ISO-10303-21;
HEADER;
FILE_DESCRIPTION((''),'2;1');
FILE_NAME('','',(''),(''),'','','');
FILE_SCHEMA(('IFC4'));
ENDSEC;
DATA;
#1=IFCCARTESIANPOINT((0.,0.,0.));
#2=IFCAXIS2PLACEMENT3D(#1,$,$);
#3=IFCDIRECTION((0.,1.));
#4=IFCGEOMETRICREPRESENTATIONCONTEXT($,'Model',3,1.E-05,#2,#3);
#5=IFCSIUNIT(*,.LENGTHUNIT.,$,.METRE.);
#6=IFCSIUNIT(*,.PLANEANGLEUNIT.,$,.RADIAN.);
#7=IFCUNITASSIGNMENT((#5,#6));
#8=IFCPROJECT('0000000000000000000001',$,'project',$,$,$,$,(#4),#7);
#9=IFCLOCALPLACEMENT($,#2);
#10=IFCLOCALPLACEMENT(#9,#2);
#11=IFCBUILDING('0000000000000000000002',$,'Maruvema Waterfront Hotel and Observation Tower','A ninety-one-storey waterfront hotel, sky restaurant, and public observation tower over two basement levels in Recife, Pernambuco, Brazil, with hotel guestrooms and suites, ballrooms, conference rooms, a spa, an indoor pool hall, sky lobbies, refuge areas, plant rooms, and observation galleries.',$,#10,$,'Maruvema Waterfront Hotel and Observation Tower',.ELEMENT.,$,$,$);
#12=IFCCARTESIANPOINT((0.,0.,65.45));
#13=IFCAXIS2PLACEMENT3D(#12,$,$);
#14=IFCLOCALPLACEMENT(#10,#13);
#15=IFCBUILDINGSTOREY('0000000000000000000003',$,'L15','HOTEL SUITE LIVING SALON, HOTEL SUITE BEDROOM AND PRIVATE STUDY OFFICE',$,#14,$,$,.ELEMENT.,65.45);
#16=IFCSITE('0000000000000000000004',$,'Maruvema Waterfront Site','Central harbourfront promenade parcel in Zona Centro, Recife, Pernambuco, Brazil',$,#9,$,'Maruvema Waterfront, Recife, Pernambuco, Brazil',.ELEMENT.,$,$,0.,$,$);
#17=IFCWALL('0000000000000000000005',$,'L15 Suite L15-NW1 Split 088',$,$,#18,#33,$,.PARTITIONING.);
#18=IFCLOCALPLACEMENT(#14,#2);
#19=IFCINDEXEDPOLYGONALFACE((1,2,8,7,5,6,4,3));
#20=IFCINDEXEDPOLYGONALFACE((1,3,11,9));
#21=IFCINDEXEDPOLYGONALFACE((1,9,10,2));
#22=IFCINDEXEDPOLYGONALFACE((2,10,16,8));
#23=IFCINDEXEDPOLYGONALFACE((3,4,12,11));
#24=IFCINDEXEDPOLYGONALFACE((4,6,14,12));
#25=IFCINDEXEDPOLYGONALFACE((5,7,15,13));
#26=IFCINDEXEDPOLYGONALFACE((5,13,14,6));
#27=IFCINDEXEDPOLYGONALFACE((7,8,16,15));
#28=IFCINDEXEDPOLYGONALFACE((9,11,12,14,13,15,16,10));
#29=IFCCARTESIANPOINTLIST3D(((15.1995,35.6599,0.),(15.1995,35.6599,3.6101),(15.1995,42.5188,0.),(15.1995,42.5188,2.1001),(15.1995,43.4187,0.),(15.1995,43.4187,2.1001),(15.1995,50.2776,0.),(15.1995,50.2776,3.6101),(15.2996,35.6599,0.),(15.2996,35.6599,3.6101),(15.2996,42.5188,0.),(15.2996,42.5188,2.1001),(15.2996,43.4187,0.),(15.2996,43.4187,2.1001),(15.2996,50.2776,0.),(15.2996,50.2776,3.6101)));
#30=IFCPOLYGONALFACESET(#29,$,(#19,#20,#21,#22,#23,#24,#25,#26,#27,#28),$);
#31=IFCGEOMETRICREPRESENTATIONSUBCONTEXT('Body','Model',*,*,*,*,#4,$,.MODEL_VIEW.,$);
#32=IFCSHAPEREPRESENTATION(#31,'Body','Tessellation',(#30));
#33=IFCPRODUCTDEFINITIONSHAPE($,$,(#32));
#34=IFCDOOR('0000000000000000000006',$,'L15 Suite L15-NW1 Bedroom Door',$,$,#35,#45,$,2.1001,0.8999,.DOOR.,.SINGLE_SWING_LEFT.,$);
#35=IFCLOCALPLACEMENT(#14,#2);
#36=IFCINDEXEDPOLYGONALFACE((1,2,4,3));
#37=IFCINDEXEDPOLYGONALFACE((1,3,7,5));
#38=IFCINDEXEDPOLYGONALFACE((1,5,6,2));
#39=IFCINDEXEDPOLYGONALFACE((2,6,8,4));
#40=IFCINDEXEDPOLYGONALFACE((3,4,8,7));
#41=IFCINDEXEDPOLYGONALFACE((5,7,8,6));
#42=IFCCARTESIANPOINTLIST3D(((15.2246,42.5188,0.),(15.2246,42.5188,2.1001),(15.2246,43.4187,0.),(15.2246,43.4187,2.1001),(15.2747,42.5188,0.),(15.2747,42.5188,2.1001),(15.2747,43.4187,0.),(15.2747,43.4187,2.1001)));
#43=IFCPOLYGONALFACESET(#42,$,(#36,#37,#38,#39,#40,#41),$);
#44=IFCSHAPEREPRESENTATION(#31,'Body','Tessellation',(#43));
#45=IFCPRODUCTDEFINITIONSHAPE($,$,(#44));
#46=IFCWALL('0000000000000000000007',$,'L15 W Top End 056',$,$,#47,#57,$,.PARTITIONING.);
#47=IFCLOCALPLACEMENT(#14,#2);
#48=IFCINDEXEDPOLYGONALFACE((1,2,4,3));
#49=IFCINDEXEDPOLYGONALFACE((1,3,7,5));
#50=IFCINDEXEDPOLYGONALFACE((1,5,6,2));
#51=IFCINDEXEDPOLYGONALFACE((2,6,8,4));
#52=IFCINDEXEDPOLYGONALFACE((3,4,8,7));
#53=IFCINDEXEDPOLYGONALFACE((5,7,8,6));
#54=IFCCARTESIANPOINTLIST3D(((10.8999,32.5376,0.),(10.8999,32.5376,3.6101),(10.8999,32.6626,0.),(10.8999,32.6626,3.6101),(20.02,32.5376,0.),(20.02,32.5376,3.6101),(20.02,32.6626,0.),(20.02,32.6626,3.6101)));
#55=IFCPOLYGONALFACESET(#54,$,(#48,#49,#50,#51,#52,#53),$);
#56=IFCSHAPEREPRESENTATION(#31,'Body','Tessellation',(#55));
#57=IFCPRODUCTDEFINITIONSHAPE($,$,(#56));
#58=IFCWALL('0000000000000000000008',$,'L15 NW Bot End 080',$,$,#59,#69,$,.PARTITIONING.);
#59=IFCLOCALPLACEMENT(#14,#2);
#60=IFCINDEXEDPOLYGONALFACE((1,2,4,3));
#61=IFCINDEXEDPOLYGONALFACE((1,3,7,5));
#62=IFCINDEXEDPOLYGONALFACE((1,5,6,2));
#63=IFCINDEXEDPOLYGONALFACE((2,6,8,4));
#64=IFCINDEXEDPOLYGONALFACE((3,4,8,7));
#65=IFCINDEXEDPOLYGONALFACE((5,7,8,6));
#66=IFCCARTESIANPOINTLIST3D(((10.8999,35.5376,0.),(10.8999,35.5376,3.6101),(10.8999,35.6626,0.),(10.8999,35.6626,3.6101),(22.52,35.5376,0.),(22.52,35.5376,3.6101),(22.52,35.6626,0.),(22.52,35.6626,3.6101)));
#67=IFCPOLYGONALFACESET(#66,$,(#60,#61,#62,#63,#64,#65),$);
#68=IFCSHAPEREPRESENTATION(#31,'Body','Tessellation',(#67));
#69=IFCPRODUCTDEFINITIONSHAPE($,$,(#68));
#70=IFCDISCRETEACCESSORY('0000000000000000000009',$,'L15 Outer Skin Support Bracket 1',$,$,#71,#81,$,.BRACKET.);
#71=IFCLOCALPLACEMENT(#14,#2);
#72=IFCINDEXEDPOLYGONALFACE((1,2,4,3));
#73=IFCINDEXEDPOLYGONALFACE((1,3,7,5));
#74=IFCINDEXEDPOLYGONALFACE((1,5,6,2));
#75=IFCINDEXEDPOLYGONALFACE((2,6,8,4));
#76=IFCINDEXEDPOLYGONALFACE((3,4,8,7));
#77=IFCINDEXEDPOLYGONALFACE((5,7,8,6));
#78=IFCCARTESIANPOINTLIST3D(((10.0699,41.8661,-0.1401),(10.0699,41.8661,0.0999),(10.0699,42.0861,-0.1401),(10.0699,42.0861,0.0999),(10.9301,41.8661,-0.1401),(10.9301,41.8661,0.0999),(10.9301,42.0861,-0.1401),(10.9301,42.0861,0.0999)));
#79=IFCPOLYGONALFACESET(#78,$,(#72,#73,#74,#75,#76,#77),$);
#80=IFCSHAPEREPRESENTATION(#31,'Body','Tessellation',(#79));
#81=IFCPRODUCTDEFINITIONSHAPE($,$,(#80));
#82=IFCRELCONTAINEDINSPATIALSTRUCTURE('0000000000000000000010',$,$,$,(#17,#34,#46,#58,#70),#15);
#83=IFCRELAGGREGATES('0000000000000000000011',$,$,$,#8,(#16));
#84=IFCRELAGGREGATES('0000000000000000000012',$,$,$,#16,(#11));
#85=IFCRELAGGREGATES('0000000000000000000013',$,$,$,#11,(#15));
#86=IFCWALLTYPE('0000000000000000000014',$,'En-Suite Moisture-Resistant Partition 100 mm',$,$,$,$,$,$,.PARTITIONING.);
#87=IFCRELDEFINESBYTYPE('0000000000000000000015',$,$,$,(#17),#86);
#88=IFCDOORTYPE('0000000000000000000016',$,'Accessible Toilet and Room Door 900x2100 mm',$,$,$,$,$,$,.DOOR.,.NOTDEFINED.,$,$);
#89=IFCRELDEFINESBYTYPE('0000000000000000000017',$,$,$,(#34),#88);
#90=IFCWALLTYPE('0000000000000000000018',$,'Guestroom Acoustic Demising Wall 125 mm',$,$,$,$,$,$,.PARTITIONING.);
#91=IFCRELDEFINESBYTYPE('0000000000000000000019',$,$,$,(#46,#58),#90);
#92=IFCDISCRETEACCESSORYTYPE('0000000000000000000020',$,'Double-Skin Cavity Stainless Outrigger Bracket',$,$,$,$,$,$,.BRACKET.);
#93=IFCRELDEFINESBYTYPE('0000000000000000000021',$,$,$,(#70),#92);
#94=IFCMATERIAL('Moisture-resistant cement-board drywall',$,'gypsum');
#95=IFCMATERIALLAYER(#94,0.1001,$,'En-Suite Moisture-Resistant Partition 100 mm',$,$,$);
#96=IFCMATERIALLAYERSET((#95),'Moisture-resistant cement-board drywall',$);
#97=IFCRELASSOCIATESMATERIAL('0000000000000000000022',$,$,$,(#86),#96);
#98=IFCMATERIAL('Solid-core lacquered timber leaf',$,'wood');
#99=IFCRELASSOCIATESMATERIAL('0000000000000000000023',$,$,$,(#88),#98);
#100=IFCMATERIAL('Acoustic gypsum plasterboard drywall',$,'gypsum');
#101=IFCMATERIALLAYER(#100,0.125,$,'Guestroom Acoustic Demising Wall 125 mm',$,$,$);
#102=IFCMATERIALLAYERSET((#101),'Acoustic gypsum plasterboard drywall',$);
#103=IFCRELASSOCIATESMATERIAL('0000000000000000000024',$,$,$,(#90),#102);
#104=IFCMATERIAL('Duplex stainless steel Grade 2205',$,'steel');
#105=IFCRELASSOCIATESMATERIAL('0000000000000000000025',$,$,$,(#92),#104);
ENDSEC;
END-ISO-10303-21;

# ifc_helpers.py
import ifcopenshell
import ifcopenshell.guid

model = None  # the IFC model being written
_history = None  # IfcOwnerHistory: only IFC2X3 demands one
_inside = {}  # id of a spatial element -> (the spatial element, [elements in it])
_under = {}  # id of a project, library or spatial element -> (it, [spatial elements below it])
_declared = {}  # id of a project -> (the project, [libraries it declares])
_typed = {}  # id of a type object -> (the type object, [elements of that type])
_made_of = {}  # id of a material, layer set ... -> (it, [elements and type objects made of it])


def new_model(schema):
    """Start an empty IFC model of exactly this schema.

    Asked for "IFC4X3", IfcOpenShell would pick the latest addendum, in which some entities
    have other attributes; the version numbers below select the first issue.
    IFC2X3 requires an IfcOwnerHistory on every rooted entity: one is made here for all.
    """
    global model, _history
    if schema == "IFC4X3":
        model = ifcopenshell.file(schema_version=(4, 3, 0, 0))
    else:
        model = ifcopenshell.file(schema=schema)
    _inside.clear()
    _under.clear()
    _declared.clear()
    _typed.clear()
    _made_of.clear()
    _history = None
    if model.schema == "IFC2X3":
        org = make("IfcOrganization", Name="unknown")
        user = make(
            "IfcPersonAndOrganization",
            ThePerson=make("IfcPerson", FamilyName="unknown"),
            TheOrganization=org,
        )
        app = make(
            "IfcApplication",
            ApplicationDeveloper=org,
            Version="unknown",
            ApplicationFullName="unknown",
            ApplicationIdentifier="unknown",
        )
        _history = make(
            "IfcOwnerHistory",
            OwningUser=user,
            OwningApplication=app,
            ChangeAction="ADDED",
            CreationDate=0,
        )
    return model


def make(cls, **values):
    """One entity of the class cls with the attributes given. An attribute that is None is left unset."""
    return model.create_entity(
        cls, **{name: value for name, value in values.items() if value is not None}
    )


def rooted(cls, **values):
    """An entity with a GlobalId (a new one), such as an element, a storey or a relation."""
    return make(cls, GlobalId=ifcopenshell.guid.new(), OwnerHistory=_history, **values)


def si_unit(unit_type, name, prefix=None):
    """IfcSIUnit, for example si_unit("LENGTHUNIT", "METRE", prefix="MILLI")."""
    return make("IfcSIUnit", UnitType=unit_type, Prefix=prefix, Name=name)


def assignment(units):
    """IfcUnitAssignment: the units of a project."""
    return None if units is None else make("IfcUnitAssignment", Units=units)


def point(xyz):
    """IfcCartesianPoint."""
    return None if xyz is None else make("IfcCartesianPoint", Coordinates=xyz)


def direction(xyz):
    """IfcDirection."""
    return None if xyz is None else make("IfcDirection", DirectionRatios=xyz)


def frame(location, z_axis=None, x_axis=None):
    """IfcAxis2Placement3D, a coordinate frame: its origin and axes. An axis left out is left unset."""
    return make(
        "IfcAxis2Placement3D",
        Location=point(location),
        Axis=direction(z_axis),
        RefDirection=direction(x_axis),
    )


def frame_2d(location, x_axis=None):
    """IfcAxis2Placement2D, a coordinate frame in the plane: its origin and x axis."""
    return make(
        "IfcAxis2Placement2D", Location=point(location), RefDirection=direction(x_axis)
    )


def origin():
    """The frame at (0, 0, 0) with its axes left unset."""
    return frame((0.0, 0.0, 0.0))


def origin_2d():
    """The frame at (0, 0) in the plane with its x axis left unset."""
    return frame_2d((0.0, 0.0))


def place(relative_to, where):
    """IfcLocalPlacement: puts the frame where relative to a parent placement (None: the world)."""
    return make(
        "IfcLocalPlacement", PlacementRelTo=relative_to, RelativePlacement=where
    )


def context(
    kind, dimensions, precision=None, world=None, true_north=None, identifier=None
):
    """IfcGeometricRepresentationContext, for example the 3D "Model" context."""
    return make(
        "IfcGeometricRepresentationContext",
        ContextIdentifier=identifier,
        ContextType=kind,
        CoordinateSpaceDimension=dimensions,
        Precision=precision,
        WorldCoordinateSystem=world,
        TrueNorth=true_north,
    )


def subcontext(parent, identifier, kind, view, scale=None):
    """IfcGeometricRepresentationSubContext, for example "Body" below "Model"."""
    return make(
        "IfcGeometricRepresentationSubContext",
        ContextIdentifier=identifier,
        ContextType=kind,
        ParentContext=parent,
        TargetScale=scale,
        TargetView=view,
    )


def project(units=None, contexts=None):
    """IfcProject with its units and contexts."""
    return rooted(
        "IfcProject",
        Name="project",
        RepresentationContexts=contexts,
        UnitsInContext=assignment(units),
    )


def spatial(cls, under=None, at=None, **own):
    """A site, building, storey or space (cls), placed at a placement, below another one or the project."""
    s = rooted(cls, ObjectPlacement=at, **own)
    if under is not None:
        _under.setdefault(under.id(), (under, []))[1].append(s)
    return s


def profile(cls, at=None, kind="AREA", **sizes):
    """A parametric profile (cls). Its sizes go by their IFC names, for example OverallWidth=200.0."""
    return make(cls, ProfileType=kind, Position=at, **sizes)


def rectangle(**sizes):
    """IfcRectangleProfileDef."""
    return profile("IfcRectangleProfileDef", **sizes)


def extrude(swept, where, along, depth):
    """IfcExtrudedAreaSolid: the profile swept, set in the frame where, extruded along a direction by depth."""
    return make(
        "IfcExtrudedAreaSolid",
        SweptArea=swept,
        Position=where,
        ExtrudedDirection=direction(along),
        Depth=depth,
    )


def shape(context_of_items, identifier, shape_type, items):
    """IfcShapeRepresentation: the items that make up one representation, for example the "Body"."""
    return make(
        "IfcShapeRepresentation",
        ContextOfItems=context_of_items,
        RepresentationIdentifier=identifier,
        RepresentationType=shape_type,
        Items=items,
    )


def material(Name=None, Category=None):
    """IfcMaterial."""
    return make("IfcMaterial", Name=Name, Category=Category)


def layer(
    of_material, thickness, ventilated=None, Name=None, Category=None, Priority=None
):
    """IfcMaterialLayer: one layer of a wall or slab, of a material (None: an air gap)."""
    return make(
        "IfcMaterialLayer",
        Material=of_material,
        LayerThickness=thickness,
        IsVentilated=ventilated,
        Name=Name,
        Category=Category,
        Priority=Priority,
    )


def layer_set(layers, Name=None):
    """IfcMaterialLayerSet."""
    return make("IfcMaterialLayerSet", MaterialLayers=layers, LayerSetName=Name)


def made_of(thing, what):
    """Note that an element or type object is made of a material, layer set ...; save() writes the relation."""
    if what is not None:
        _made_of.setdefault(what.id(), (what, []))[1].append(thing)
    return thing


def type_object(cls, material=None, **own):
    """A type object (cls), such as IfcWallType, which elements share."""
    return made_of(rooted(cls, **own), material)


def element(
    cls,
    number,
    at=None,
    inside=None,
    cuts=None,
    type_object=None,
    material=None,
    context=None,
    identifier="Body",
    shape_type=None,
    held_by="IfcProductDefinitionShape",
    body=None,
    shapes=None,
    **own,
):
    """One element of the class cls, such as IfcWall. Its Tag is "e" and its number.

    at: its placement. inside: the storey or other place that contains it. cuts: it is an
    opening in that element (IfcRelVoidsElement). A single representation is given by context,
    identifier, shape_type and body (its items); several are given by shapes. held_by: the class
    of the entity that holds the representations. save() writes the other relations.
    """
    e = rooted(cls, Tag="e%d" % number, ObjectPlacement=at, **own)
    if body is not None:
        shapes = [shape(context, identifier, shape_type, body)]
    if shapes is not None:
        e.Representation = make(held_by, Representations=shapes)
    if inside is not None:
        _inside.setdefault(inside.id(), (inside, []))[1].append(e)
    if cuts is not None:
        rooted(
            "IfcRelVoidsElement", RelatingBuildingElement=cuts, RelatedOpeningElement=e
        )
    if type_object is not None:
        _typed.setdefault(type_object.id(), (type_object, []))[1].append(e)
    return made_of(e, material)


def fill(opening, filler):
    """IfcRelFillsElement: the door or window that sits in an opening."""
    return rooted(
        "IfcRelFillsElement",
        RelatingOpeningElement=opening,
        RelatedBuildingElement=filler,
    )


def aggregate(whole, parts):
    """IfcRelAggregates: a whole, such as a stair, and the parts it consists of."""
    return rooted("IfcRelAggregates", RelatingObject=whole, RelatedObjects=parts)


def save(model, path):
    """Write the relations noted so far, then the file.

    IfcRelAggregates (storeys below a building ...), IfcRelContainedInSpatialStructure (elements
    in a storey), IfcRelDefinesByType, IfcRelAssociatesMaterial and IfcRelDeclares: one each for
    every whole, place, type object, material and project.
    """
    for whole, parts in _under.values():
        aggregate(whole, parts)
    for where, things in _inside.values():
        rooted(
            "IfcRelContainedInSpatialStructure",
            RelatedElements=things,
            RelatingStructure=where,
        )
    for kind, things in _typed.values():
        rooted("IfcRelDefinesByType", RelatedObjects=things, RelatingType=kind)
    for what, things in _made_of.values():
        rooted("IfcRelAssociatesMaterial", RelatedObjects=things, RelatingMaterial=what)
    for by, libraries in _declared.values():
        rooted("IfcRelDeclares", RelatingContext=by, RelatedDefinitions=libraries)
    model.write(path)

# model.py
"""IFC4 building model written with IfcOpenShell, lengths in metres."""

from ifc_helpers import new_model, si_unit, direction, frame, frame_2d, origin, origin_2d, place, context, subcontext, project, spatial, rectangle, extrude, material, layer, layer_set, type_object, element, fill, save


model = new_model("IFC4")

# Units and contexts
model_context = context("Model", 3, precision=1e-05, world=origin(), true_north=direction((0.0, 1.0)))
body_context = subcontext(model_context, "Body", "Model", "MODEL_VIEW")
ifc_project = project(units=[si_unit("LENGTHUNIT", "METRE"), si_unit("PLANEANGLEUNIT", "RADIAN")], contexts=[model_context])

# Site, building, storey
site_placement = place(None, origin())
site = spatial("IfcSite", under=ifc_project, at=site_placement, Name="Maruvema Waterfront Site", Description="Central harbourfront promenade parcel in Zona Centro, Recife, Pernambuco, Brazil", LongName="Maruvema Waterfront, Recife, Pernambuco, Brazil", CompositionType="ELEMENT", RefElevation=0.0)
building_placement = place(site_placement, origin())
building = spatial("IfcBuilding", under=site, at=building_placement, Name="Maruvema Waterfront Hotel and Observation Tower", Description="A ninety-one-storey waterfront hotel, sky restaurant, and public observation tower over two basement levels in Recife, Pernambuco, Brazil, with hotel guestrooms and suites, ballrooms, conference rooms, a spa, an indoor pool hall, sky lobbies, refuge areas, plant rooms, and observation galleries.", LongName="Maruvema Waterfront Hotel and Observation Tower", CompositionType="ELEMENT")
storey_placement = place(building_placement, frame((0.0, 0.0, 65.45)))
storey = spatial("IfcBuildingStorey", under=building, at=storey_placement, Name="L15", Description="HOTEL SUITE LIVING SALON, HOTEL SUITE BEDROOM AND PRIVATE STUDY OFFICE", CompositionType="ELEMENT", Elevation=65.45)

# Shared definitions
ifc_material_1 = material(Name="Moisture-resistant cement-board drywall", Category="gypsum")
ifc_layer_1 = layer(ifc_material_1, 0.1001, Name="En-Suite Moisture-Resistant Partition 100 mm")
ifc_layer_set_1 = layer_set([ifc_layer_1], Name="Moisture-resistant cement-board drywall")
wall_type_1 = type_object("IfcWallType", Name="En-Suite Moisture-Resistant Partition 100 mm", PredefinedType="PARTITIONING", material=ifc_layer_set_1)

# Wall, opening, door
wall_1_placement = place(storey_placement, frame((15.2495, 35.6599, 0.0), z_axis=(0.0, 0.0, 1.0), x_axis=(0.0, 1.0, 0.0)))
wall_1 = element("IfcWall", 1, at=wall_1_placement, inside=storey, type_object=wall_type_1, Name="L15 Suite L15-NW1 Split 088", PredefinedType="PARTITIONING", context=body_context, shape_type="SweptSolid", body=[
    extrude(rectangle(XDim=14.6177, YDim=0.1001, at=frame_2d((7.3088, 0.0))), origin(), (0.0, 0.0, 1.0), 3.6101),
])
opening_1_placement = place(wall_1_placement, frame((6.8589, 0.0, 0.0)))
opening_1 = element("IfcOpeningElement", 2, at=opening_1_placement, cuts=wall_1, PredefinedType="OPENING", context=body_context, shape_type="SweptSolid", body=[
    extrude(rectangle(XDim=0.8999, YDim=2.1001, at=frame_2d((0.45, 1.05))), frame((0.0, 0.0601, 0.0), z_axis=(0.0, -1.0, 0.0), x_axis=(1.0, 0.0, 0.0)), (0.0, 0.0, 1.0), 0.1201),
])
ifc_material_2 = material(Name="Solid-core lacquered timber leaf", Category="wood")
door_type_1 = type_object("IfcDoorType", Name="Accessible Toilet and Room Door 900x2100 mm", OperationType="NOTDEFINED", PredefinedType="DOOR", material=ifc_material_2)
door_1_placement = place(opening_1_placement, origin())
door_1 = element("IfcDoor", 3, at=door_1_placement, inside=storey, type_object=door_type_1, Name="L15 Suite L15-NW1 Bedroom Door", OperationType="SINGLE_SWING_LEFT", OverallHeight=2.1001, OverallWidth=0.8999, PredefinedType="DOOR", context=body_context, shape_type="SweptSolid", body=[
    extrude(rectangle(XDim=0.8999, YDim=2.1001, at=frame_2d((0.45, 1.05))), frame((0.0, 0.0249, 0.0), z_axis=(0.0, -1.0, 0.0), x_axis=(1.0, 0.0, 0.0)), (0.0, 0.0, 1.0), 0.05),
])
fill(opening_1, door_1)

# Walls
ifc_material_3 = material(Name="Acoustic gypsum plasterboard drywall", Category="gypsum")
ifc_layer_2 = layer(ifc_material_3, 0.125, Name="Guestroom Acoustic Demising Wall 125 mm")
ifc_layer_set_2 = layer_set([ifc_layer_2], Name="Acoustic gypsum plasterboard drywall")
wall_type_2 = type_object("IfcWallType", Name="Guestroom Acoustic Demising Wall 125 mm", PredefinedType="PARTITIONING", material=ifc_layer_set_2)
wall_2_placement = place(storey_placement, frame((10.8999, 32.6001, 0.0), z_axis=(0.0, 0.0, 1.0), x_axis=(1.0, 0.0, 0.0)))
element("IfcWall", 4, at=wall_2_placement, inside=storey, type_object=wall_type_2, Name="L15 W Top End 056", PredefinedType="PARTITIONING", context=body_context, shape_type="SweptSolid", body=[
    extrude(rectangle(XDim=9.1201, YDim=0.125, at=frame_2d((4.5601, 0.0))), origin(), (0.0, 0.0, 1.0), 3.6101),
])
wall_3_placement = place(storey_placement, frame((10.8999, 35.6001, 0.0), z_axis=(0.0, 0.0, 1.0), x_axis=(1.0, 0.0, 0.0)))
element("IfcWall", 5, at=wall_3_placement, inside=storey, type_object=wall_type_2, Name="L15 NW Bot End 080", PredefinedType="PARTITIONING", context=body_context, shape_type="SweptSolid", body=[
    extrude(rectangle(XDim=11.6201, YDim=0.125, at=frame_2d((5.8101, 0.0))), origin(), (0.0, 0.0, 1.0), 3.6101),
])

# Discrete accessory
ifc_material_4 = material(Name="Duplex stainless steel Grade 2205", Category="steel")
discrete_accessory_type = type_object("IfcDiscreteAccessoryType", Name="Double-Skin Cavity Stainless Outrigger Bracket", PredefinedType="BRACKET", material=ifc_material_4)
discrete_accessory_placement = place(storey_placement, frame((10.5, 41.9761, -0.1401), z_axis=(0.0, 0.0, 1.0), x_axis=(0.0, -1.0, 0.0)))
element("IfcDiscreteAccessory", 6, at=discrete_accessory_placement, inside=storey, type_object=discrete_accessory_type, Name="L15 Outer Skin Support Bracket 1", PredefinedType="BRACKET", context=body_context, shape_type="SweptSolid", body=[
    extrude(rectangle(XDim=0.22, YDim=0.8601, at=origin_2d()), origin(), (0.0, 0.0, 1.0), 0.24),
])

save(model, "model.ifc")
